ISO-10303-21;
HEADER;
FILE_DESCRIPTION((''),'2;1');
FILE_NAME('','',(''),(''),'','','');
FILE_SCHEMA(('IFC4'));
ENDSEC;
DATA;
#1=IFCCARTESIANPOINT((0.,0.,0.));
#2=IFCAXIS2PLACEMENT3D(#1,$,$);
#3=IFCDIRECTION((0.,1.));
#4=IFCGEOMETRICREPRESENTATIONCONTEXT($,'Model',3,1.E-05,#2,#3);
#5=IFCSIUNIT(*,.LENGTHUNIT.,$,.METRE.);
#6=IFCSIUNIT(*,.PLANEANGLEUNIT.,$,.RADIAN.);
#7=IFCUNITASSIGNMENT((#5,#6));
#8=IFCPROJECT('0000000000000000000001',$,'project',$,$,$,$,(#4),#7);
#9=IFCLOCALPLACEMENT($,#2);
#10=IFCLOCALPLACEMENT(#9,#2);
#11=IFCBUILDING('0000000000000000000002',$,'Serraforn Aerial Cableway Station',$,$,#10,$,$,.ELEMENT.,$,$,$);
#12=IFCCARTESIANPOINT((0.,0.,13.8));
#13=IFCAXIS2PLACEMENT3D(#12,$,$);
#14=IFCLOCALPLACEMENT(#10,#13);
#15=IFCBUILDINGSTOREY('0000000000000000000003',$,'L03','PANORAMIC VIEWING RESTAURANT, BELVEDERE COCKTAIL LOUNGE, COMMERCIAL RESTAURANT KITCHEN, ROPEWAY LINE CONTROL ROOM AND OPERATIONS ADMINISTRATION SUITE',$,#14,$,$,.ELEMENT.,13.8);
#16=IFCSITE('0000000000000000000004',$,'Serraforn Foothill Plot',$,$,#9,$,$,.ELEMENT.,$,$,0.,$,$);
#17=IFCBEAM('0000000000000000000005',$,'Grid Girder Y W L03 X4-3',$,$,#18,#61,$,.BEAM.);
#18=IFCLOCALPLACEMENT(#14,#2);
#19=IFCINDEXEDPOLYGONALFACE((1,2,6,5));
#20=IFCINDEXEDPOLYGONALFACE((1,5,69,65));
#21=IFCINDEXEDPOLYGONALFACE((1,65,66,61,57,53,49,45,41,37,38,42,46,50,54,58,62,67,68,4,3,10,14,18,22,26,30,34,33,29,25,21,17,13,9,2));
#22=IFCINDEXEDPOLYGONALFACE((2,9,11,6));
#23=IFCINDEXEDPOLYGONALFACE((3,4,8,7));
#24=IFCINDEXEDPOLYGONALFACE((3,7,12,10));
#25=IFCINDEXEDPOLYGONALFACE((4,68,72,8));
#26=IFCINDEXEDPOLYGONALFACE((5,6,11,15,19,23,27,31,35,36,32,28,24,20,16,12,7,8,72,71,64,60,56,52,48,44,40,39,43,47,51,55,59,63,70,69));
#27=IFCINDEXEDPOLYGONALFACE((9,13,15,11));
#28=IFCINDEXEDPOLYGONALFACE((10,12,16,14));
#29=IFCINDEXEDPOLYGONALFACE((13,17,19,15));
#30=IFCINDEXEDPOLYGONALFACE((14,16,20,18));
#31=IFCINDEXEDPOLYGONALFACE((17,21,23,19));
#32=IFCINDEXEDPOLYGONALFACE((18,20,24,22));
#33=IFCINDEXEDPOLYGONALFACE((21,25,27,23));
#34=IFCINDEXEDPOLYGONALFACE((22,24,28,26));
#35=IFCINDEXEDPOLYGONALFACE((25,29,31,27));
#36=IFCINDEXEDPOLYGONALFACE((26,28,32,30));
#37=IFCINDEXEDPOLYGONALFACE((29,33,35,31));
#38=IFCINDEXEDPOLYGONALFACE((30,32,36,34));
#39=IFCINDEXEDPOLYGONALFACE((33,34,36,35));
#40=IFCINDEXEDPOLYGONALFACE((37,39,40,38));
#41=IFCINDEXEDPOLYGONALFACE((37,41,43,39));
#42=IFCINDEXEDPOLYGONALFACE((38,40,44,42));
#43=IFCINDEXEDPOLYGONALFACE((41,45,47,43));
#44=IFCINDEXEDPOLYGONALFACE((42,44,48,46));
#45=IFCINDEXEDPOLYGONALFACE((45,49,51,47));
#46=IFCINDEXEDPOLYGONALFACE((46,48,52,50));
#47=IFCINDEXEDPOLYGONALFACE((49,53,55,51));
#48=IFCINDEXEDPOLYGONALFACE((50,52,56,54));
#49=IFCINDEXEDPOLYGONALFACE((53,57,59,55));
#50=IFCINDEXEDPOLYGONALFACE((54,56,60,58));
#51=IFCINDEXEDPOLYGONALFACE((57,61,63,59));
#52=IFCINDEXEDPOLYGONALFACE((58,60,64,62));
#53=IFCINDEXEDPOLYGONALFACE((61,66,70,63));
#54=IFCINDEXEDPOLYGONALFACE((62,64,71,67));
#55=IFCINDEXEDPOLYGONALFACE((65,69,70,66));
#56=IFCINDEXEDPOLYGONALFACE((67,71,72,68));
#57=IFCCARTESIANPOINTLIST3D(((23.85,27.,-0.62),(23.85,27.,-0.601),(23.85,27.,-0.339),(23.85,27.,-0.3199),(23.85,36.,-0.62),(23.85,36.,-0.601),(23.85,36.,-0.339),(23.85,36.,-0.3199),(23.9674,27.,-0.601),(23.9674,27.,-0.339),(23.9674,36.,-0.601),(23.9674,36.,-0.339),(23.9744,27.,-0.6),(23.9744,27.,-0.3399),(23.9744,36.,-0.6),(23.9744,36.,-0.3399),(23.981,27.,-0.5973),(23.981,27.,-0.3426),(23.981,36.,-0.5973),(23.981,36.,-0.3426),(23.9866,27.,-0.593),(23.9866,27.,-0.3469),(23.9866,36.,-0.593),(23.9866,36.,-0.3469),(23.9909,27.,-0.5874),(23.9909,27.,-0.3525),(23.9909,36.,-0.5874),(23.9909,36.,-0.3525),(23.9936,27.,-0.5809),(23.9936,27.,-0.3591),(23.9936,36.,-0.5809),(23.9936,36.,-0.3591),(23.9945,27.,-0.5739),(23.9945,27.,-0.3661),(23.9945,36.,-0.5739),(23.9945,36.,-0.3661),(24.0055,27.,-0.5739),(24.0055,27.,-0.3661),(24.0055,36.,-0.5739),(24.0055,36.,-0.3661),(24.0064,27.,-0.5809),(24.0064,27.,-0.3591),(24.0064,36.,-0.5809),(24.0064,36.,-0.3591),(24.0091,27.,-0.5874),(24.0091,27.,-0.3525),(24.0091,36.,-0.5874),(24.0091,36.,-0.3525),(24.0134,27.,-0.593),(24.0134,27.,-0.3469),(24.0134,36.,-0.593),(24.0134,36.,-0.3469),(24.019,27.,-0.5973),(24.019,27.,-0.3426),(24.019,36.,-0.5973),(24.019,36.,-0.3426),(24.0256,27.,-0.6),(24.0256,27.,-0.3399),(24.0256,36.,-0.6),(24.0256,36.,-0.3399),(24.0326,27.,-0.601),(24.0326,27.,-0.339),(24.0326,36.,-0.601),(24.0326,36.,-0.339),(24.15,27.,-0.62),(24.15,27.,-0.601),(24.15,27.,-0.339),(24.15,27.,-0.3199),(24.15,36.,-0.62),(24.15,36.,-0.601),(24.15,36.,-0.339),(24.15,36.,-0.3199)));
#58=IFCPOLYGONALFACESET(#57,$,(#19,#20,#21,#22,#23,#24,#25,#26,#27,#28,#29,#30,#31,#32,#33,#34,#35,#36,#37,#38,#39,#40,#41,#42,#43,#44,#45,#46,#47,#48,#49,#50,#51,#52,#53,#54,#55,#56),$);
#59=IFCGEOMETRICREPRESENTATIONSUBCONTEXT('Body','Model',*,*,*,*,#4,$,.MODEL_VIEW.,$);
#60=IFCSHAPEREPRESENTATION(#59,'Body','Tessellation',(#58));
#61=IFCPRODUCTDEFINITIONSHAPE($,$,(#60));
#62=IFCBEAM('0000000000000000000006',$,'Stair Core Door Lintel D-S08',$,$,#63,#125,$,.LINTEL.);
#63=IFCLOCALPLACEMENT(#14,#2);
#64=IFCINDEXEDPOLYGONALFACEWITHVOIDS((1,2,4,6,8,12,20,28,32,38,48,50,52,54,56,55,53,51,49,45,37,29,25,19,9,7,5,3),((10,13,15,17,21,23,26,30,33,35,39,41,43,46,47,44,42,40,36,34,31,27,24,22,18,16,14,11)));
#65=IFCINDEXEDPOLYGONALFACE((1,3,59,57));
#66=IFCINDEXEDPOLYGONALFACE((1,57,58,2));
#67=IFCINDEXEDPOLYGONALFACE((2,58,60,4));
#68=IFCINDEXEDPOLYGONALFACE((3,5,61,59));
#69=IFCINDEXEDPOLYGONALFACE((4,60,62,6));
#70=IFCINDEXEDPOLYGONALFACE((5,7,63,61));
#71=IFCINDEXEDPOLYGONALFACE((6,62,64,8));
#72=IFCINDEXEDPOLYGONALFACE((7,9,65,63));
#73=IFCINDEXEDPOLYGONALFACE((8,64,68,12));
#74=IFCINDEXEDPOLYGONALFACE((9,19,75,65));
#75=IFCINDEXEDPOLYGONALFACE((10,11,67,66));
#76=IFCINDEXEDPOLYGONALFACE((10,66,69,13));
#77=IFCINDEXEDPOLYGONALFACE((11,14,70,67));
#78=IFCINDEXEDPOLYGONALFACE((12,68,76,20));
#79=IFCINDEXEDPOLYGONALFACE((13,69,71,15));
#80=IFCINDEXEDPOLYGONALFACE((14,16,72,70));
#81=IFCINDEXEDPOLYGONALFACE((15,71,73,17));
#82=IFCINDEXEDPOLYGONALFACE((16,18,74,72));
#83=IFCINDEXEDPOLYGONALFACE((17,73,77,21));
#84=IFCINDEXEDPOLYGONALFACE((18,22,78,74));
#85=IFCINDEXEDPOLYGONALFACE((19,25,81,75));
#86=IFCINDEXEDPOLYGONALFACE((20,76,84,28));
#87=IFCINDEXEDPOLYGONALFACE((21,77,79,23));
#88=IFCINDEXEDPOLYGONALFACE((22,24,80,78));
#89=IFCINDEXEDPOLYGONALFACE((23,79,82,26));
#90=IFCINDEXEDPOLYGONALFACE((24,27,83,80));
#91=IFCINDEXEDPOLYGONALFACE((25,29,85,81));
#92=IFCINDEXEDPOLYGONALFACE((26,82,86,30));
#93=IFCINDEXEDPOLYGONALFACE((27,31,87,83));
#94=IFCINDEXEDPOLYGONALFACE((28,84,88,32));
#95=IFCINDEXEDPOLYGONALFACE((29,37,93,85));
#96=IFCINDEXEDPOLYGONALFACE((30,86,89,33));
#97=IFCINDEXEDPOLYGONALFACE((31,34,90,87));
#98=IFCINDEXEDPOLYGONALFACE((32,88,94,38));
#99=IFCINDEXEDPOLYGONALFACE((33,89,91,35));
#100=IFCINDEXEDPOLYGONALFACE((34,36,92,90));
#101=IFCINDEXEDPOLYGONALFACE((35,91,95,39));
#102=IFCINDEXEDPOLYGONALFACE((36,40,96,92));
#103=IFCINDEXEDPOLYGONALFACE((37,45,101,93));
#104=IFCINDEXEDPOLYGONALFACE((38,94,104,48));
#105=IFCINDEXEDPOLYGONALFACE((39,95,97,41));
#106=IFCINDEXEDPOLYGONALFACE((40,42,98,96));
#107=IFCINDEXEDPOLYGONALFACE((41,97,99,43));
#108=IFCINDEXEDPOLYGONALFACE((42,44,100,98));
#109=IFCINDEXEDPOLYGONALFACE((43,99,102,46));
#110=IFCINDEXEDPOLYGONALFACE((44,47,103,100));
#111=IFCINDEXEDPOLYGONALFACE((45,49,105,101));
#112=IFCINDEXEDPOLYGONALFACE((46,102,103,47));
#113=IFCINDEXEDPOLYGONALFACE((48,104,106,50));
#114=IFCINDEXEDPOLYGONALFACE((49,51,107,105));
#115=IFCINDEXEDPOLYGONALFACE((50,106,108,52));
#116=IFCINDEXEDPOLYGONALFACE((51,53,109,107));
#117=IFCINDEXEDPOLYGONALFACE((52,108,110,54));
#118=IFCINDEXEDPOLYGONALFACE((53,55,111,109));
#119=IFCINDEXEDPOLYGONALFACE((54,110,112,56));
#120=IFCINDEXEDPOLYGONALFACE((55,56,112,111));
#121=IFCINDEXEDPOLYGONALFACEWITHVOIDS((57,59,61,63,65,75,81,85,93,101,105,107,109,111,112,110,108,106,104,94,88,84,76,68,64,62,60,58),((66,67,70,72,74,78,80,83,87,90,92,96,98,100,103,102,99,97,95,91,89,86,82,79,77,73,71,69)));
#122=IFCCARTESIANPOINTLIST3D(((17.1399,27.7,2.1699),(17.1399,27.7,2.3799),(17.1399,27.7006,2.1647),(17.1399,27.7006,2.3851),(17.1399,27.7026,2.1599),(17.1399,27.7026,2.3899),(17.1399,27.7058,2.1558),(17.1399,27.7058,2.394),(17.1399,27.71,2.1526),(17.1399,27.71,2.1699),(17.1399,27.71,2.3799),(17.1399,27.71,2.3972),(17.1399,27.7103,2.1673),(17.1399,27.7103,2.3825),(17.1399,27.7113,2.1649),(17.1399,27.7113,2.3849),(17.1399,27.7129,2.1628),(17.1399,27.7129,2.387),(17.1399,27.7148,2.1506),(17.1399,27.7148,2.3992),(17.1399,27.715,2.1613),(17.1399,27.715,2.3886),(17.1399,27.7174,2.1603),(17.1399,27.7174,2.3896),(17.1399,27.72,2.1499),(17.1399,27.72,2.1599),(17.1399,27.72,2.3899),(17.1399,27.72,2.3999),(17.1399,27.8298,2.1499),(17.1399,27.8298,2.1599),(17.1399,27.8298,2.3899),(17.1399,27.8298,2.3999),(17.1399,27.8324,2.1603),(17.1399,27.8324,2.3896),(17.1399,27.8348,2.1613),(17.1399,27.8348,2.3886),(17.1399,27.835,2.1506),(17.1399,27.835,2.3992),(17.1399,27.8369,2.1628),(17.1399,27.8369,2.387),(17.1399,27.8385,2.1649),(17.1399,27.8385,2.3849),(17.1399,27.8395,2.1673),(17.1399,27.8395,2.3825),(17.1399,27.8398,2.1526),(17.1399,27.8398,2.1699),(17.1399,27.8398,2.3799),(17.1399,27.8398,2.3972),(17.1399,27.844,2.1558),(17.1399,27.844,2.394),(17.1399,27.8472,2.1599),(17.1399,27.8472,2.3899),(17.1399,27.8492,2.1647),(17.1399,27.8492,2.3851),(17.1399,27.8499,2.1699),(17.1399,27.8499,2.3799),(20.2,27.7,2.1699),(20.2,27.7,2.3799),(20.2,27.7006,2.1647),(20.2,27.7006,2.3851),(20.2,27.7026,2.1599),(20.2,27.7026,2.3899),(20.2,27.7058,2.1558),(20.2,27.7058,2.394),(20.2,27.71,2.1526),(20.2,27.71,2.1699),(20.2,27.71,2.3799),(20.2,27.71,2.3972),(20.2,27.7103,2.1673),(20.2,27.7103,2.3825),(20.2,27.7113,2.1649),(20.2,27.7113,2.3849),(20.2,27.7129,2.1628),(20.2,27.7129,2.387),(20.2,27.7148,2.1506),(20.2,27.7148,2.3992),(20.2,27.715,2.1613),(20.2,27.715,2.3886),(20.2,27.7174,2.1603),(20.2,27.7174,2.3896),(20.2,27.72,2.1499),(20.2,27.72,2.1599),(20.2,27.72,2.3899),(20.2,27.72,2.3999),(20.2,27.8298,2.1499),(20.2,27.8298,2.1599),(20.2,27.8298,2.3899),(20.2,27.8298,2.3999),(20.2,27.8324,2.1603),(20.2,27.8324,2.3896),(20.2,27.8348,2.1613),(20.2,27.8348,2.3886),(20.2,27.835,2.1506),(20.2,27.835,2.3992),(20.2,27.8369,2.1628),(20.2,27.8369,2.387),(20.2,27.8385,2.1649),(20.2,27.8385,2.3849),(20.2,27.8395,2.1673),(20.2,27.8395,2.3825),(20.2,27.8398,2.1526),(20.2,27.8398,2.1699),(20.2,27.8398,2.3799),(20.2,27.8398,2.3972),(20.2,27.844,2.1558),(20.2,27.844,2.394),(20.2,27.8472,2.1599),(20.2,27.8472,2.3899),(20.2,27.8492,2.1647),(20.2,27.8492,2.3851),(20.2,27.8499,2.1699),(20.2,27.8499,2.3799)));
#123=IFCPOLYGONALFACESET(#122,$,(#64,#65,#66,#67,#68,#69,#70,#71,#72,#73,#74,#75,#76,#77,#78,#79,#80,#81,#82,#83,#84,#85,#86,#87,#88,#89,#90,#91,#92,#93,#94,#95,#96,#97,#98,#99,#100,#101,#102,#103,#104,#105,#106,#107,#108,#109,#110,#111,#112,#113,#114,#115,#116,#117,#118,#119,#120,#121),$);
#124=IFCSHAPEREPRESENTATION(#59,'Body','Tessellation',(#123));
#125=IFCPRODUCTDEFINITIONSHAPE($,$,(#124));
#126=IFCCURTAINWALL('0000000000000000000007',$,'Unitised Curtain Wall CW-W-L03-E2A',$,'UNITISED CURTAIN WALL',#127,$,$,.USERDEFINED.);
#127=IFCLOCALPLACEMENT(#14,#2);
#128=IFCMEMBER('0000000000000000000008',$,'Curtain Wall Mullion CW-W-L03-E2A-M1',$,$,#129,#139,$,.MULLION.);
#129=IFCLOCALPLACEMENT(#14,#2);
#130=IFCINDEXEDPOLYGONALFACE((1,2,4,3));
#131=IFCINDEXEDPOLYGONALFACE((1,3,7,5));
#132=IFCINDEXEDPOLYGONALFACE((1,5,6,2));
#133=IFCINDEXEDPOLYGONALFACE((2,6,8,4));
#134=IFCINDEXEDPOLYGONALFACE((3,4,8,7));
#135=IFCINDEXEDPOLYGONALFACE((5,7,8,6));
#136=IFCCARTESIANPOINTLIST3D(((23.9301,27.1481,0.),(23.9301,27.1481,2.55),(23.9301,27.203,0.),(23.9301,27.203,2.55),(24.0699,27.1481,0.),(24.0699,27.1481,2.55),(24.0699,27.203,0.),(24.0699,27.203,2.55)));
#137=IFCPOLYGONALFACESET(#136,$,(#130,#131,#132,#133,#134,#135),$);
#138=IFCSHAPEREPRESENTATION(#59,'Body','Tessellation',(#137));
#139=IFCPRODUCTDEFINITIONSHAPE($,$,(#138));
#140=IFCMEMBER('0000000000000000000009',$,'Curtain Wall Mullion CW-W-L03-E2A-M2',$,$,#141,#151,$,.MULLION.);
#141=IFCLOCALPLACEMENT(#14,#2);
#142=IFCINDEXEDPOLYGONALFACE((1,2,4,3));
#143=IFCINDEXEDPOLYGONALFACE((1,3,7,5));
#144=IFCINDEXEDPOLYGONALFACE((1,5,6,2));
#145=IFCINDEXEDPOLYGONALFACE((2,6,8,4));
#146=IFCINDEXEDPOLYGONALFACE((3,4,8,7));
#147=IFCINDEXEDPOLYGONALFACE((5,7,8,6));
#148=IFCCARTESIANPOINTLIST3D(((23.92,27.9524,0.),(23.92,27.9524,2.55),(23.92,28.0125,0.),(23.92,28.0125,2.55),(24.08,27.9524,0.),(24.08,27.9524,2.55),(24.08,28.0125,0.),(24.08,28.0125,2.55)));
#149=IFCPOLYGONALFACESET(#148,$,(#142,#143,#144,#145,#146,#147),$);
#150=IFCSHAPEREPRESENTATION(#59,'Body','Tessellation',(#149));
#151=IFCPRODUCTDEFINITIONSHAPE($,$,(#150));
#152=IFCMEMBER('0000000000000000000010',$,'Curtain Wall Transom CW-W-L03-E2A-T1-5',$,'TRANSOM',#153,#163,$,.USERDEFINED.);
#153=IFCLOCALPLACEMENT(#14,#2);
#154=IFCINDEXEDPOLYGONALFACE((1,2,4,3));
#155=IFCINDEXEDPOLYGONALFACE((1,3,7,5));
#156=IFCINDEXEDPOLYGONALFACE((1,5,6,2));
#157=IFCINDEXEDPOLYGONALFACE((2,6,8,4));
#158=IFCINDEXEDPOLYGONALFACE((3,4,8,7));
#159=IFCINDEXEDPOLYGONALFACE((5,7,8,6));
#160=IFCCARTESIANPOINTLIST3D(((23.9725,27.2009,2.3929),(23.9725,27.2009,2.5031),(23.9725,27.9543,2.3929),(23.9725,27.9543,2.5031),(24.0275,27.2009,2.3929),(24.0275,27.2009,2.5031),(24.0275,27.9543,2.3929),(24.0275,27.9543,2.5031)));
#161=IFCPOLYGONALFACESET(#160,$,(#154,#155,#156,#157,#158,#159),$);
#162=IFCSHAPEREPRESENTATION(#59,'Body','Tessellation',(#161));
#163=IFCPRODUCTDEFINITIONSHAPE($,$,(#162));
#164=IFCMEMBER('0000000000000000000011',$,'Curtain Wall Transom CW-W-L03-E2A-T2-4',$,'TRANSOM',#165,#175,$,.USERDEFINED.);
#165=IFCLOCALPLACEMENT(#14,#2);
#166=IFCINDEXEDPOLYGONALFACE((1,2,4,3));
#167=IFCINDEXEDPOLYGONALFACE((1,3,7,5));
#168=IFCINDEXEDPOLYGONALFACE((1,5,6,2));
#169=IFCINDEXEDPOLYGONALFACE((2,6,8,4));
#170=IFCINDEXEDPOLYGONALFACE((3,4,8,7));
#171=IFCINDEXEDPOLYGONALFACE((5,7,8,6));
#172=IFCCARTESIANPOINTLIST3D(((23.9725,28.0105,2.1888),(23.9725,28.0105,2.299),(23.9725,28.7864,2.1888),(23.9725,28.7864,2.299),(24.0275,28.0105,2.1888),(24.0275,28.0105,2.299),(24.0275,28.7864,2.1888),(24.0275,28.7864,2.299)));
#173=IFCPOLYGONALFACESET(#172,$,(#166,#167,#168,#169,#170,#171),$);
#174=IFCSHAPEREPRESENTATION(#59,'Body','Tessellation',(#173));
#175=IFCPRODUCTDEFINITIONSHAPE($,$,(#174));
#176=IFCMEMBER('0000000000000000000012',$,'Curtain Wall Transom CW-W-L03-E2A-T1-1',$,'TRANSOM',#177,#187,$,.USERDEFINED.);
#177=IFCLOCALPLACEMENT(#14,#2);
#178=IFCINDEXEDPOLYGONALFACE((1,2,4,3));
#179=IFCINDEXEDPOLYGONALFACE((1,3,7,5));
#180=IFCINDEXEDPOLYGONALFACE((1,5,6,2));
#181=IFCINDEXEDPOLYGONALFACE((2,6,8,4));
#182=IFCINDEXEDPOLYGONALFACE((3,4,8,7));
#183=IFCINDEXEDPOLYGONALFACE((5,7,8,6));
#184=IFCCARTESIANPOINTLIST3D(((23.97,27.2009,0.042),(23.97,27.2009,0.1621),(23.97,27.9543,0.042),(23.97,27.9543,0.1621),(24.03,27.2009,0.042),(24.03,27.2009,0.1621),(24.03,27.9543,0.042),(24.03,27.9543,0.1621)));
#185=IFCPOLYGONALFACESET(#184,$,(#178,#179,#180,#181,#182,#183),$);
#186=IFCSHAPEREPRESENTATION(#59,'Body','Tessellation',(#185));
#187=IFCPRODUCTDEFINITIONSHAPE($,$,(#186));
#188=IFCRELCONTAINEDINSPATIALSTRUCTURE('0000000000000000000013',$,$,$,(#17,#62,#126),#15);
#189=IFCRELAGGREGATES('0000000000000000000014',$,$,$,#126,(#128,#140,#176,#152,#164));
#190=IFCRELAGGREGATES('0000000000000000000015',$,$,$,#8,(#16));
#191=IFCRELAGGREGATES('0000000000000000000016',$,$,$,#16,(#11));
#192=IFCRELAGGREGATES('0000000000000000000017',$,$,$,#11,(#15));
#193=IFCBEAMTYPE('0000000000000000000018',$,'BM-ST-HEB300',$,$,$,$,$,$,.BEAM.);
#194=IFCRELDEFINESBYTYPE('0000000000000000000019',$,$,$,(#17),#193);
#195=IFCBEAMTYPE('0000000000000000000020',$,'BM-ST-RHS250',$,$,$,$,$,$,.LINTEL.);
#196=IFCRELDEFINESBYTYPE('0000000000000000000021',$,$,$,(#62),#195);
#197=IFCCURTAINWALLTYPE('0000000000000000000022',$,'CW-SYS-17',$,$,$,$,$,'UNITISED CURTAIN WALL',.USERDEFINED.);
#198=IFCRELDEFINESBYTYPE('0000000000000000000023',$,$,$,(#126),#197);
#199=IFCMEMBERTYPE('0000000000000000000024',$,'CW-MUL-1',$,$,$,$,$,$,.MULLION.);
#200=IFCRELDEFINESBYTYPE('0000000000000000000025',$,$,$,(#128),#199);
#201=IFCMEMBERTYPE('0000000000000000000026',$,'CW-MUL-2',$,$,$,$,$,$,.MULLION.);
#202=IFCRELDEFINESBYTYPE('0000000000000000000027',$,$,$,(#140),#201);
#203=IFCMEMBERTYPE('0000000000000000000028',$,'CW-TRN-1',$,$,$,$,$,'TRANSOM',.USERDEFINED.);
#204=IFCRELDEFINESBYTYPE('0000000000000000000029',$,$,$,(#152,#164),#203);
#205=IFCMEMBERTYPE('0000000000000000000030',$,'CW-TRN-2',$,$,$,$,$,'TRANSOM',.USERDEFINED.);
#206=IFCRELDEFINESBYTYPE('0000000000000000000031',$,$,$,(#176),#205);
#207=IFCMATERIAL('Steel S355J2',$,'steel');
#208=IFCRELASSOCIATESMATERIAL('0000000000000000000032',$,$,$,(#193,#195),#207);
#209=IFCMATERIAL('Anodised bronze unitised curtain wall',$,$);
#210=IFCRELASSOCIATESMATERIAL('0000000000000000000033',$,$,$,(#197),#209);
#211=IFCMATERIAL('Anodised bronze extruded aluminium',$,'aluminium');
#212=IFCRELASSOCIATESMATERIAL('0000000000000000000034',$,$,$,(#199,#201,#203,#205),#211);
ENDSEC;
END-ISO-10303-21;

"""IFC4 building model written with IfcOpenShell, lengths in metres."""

from ifc_helpers import new_model, si_unit, direction, frame, origin, origin_2d, place, context, subcontext, project, spatial, rectangle, hollow_rectangle, i_section, extrude, material, material_profile, profile_set, type_object, element, aggregate, save


model = new_model("IFC4")

# Units and contexts
model_context = context("Model", 3, precision=1e-05, world=origin(), true_north=direction((0.0, 1.0)))
body_context = subcontext(model_context, "Body", "Model", "MODEL_VIEW")
ifc_project = project(units=[si_unit("LENGTHUNIT", "METRE"), si_unit("PLANEANGLEUNIT", "RADIAN")], contexts=[model_context])

# Site, building, storey
site_placement = place(None, origin())
site = spatial("IfcSite", under=ifc_project, at=site_placement, Name="Serraforn Foothill Plot", CompositionType="ELEMENT", RefElevation=0.0)
building_placement = place(site_placement, origin())
building = spatial("IfcBuilding", under=site, at=building_placement, Name="Serraforn Aerial Cableway Station", CompositionType="ELEMENT")
storey_placement = place(building_placement, frame((0.0, 0.0, 13.8)))
storey = spatial("IfcBuildingStorey", under=building, at=storey_placement, Name="L03", Description="PANORAMIC VIEWING RESTAURANT, BELVEDERE COCKTAIL LOUNGE, COMMERCIAL RESTAURANT KITCHEN, ROPEWAY LINE CONTROL ROOM AND OPERATIONS ADMINISTRATION SUITE", CompositionType="ELEMENT", Elevation=13.8)

# Beams
ifc_material_1 = material(Name="Steel S355J2", Category="steel")
ifc_material_profile_1 = material_profile(ifc_material_1, i_section(OverallWidth=0.3, OverallDepth=0.3, WebThickness=0.011, FlangeThickness=0.019, FilletRadius=0.0271, at=origin_2d()), Name="HEB 300")
ifc_profile_set_1 = profile_set([ifc_material_profile_1], Name="Steel S355J2")
beam_type_1 = type_object("IfcBeamType", Name="BM-ST-HEB300", PredefinedType="BEAM", material=ifc_profile_set_1)
beam_1_placement = place(storey_placement, frame((24.0, 27.0, -0.47), z_axis=(0.0, 1.0, 0.0), x_axis=(-1.0, 0.0, 0.0)))
element("IfcBeam", 1, at=beam_1_placement, inside=storey, type_object=beam_type_1, Name="Grid Girder Y W L03 X4-3", PredefinedType="BEAM", context=body_context, shape_type="SweptSolid", body=[
    extrude(i_section(OverallWidth=0.3, OverallDepth=0.3, WebThickness=0.011, FlangeThickness=0.019, FilletRadius=0.0271, at=origin_2d()), origin(), (0.0, 0.0, 1.0), 9.0),
])
ifc_material_profile_2 = material_profile(ifc_material_1, hollow_rectangle(XDim=0.1499, YDim=0.25, WallThickness=0.01, InnerFilletRadius=0.01, OuterFilletRadius=0.02, at=origin_2d()), Name="RHS 250x150x10.0")
ifc_profile_set_2 = profile_set([ifc_material_profile_2], Name="Steel S355J2")
beam_type_2 = type_object("IfcBeamType", Name="BM-ST-RHS250", PredefinedType="LINTEL", material=ifc_profile_set_2)
beam_2_placement = place(storey_placement, frame((20.2, 27.7749, 2.2749), z_axis=(-1.0, 0.0, 0.0), x_axis=(0.0, -1.0, 0.0)))
element("IfcBeam", 2, at=beam_2_placement, inside=storey, type_object=beam_type_2, Name="Stair Core Door Lintel D-S08", PredefinedType="LINTEL", context=body_context, shape_type="SweptSolid", body=[
    extrude(hollow_rectangle(XDim=0.1499, YDim=0.25, WallThickness=0.01, InnerFilletRadius=0.01, OuterFilletRadius=0.02, at=origin_2d()), origin(), (0.0, 0.0, 1.0), 3.0601),
])

# Curtain wall, members
ifc_material_2 = material(Name="Anodised bronze unitised curtain wall")
curtain_wall_type = type_object("IfcCurtainWallType", Name="CW-SYS-17", ElementType="UNITISED CURTAIN WALL", PredefinedType="USERDEFINED", material=ifc_material_2)
curtain_wall_placement = place(storey_placement, origin())
curtain_wall = element("IfcCurtainWall", 3, at=curtain_wall_placement, inside=storey, type_object=curtain_wall_type, Name="Unitised Curtain Wall CW-W-L03-E2A", ObjectType="UNITISED CURTAIN WALL", PredefinedType="USERDEFINED")
ifc_material_3 = material(Name="Anodised bronze extruded aluminium", Category="aluminium")
ifc_material_profile_3 = material_profile(ifc_material_3, rectangle(XDim=0.0549, YDim=0.1399, at=origin_2d()), Name="CW MULLION 55x140")
ifc_profile_set_3 = profile_set([ifc_material_profile_3], Name="Anodised bronze extruded aluminium")
member_type_1 = type_object("IfcMemberType", Name="CW-MUL-1", PredefinedType="MULLION", material=ifc_profile_set_3)
member_1_placement = place(storey_placement, frame((24.0, 27.1755, 0.0), z_axis=(0.0, 0.0, 1.0), x_axis=(0.0, 1.0, 0.0)))
member_1 = element("IfcMember", 4, at=member_1_placement, type_object=member_type_1, Name="Curtain Wall Mullion CW-W-L03-E2A-M1", PredefinedType="MULLION", context=body_context, shape_type="SweptSolid", body=[
    extrude(rectangle(XDim=0.0549, YDim=0.1399, at=origin_2d()), origin(), (0.0, 0.0, 1.0), 2.55),
])
ifc_material_profile_4 = material_profile(ifc_material_3, rectangle(XDim=0.0601, YDim=0.1599, at=origin_2d()), Name="CW MULLION 60x160")
ifc_profile_set_4 = profile_set([ifc_material_profile_4], Name="Anodised bronze extruded aluminium")
member_type_2 = type_object("IfcMemberType", Name="CW-MUL-2", PredefinedType="MULLION", material=ifc_profile_set_4)
member_2_placement = place(storey_placement, frame((24.0, 27.9824, 0.0), z_axis=(0.0, 0.0, 1.0), x_axis=(0.0, 1.0, 0.0)))
member_2 = element("IfcMember", 5, at=member_2_placement, type_object=member_type_2, Name="Curtain Wall Mullion CW-W-L03-E2A-M2", PredefinedType="MULLION", context=body_context, shape_type="SweptSolid", body=[
    extrude(rectangle(XDim=0.0601, YDim=0.1599, at=origin_2d()), origin(), (0.0, 0.0, 1.0), 2.55),
])
ifc_material_profile_5 = material_profile(ifc_material_3, rectangle(XDim=0.0549, YDim=0.1101, at=origin_2d()), Name="CW TRANSOM 55x110")
ifc_profile_set_5 = profile_set([ifc_material_profile_5], Name="Anodised bronze extruded aluminium")
member_type_3 = type_object("IfcMemberType", Name="CW-TRN-1", ElementType="TRANSOM", PredefinedType="USERDEFINED", material=ifc_profile_set_5)
member_3_placement = place(storey_placement, frame((24.0, 27.2009, 2.448), z_axis=(0.0, 1.0, 0.0), x_axis=(-1.0, 0.0, 0.0)))
member_3 = element("IfcMember", 6, at=member_3_placement, type_object=member_type_3, Name="Curtain Wall Transom CW-W-L03-E2A-T1-5", ObjectType="TRANSOM", PredefinedType="USERDEFINED", context=body_context, shape_type="SweptSolid", body=[
    extrude(rectangle(XDim=0.0549, YDim=0.1101, at=origin_2d()), origin(), (0.0, 0.0, 1.0), 0.7534),
])
member_4_placement = place(storey_placement, frame((24.0, 28.0105, 2.2439), z_axis=(0.0, 1.0, 0.0), x_axis=(-1.0, 0.0, 0.0)))
member_4 = element("IfcMember", 7, at=member_4_placement, type_object=member_type_3, Name="Curtain Wall Transom CW-W-L03-E2A-T2-4", ObjectType="TRANSOM", PredefinedType="USERDEFINED", context=body_context, shape_type="SweptSolid", body=[
    extrude(rectangle(XDim=0.0549, YDim=0.1101, at=origin_2d()), origin(), (0.0, 0.0, 1.0), 0.7759),
])
ifc_material_profile_6 = material_profile(ifc_material_3, rectangle(XDim=0.0601, YDim=0.1201, at=origin_2d()), Name="CW TRANSOM 60x120")
ifc_profile_set_6 = profile_set([ifc_material_profile_6], Name="Anodised bronze extruded aluminium")
member_type_4 = type_object("IfcMemberType", Name="CW-TRN-2", ElementType="TRANSOM", PredefinedType="USERDEFINED", material=ifc_profile_set_6)
member_5_placement = place(storey_placement, frame((24.0, 27.2009, 0.1021), z_axis=(0.0, 1.0, 0.0), x_axis=(-1.0, 0.0, 0.0)))
member_5 = element("IfcMember", 8, at=member_5_placement, type_object=member_type_4, Name="Curtain Wall Transom CW-W-L03-E2A-T1-1", ObjectType="TRANSOM", PredefinedType="USERDEFINED", context=body_context, shape_type="SweptSolid", body=[
    extrude(rectangle(XDim=0.0601, YDim=0.1201, at=origin_2d()), origin(), (0.0, 0.0, 1.0), 0.7534),
])
aggregate(curtain_wall, [member_1, member_2, member_5, member_3, member_4])

save(model, "model.ifc")
